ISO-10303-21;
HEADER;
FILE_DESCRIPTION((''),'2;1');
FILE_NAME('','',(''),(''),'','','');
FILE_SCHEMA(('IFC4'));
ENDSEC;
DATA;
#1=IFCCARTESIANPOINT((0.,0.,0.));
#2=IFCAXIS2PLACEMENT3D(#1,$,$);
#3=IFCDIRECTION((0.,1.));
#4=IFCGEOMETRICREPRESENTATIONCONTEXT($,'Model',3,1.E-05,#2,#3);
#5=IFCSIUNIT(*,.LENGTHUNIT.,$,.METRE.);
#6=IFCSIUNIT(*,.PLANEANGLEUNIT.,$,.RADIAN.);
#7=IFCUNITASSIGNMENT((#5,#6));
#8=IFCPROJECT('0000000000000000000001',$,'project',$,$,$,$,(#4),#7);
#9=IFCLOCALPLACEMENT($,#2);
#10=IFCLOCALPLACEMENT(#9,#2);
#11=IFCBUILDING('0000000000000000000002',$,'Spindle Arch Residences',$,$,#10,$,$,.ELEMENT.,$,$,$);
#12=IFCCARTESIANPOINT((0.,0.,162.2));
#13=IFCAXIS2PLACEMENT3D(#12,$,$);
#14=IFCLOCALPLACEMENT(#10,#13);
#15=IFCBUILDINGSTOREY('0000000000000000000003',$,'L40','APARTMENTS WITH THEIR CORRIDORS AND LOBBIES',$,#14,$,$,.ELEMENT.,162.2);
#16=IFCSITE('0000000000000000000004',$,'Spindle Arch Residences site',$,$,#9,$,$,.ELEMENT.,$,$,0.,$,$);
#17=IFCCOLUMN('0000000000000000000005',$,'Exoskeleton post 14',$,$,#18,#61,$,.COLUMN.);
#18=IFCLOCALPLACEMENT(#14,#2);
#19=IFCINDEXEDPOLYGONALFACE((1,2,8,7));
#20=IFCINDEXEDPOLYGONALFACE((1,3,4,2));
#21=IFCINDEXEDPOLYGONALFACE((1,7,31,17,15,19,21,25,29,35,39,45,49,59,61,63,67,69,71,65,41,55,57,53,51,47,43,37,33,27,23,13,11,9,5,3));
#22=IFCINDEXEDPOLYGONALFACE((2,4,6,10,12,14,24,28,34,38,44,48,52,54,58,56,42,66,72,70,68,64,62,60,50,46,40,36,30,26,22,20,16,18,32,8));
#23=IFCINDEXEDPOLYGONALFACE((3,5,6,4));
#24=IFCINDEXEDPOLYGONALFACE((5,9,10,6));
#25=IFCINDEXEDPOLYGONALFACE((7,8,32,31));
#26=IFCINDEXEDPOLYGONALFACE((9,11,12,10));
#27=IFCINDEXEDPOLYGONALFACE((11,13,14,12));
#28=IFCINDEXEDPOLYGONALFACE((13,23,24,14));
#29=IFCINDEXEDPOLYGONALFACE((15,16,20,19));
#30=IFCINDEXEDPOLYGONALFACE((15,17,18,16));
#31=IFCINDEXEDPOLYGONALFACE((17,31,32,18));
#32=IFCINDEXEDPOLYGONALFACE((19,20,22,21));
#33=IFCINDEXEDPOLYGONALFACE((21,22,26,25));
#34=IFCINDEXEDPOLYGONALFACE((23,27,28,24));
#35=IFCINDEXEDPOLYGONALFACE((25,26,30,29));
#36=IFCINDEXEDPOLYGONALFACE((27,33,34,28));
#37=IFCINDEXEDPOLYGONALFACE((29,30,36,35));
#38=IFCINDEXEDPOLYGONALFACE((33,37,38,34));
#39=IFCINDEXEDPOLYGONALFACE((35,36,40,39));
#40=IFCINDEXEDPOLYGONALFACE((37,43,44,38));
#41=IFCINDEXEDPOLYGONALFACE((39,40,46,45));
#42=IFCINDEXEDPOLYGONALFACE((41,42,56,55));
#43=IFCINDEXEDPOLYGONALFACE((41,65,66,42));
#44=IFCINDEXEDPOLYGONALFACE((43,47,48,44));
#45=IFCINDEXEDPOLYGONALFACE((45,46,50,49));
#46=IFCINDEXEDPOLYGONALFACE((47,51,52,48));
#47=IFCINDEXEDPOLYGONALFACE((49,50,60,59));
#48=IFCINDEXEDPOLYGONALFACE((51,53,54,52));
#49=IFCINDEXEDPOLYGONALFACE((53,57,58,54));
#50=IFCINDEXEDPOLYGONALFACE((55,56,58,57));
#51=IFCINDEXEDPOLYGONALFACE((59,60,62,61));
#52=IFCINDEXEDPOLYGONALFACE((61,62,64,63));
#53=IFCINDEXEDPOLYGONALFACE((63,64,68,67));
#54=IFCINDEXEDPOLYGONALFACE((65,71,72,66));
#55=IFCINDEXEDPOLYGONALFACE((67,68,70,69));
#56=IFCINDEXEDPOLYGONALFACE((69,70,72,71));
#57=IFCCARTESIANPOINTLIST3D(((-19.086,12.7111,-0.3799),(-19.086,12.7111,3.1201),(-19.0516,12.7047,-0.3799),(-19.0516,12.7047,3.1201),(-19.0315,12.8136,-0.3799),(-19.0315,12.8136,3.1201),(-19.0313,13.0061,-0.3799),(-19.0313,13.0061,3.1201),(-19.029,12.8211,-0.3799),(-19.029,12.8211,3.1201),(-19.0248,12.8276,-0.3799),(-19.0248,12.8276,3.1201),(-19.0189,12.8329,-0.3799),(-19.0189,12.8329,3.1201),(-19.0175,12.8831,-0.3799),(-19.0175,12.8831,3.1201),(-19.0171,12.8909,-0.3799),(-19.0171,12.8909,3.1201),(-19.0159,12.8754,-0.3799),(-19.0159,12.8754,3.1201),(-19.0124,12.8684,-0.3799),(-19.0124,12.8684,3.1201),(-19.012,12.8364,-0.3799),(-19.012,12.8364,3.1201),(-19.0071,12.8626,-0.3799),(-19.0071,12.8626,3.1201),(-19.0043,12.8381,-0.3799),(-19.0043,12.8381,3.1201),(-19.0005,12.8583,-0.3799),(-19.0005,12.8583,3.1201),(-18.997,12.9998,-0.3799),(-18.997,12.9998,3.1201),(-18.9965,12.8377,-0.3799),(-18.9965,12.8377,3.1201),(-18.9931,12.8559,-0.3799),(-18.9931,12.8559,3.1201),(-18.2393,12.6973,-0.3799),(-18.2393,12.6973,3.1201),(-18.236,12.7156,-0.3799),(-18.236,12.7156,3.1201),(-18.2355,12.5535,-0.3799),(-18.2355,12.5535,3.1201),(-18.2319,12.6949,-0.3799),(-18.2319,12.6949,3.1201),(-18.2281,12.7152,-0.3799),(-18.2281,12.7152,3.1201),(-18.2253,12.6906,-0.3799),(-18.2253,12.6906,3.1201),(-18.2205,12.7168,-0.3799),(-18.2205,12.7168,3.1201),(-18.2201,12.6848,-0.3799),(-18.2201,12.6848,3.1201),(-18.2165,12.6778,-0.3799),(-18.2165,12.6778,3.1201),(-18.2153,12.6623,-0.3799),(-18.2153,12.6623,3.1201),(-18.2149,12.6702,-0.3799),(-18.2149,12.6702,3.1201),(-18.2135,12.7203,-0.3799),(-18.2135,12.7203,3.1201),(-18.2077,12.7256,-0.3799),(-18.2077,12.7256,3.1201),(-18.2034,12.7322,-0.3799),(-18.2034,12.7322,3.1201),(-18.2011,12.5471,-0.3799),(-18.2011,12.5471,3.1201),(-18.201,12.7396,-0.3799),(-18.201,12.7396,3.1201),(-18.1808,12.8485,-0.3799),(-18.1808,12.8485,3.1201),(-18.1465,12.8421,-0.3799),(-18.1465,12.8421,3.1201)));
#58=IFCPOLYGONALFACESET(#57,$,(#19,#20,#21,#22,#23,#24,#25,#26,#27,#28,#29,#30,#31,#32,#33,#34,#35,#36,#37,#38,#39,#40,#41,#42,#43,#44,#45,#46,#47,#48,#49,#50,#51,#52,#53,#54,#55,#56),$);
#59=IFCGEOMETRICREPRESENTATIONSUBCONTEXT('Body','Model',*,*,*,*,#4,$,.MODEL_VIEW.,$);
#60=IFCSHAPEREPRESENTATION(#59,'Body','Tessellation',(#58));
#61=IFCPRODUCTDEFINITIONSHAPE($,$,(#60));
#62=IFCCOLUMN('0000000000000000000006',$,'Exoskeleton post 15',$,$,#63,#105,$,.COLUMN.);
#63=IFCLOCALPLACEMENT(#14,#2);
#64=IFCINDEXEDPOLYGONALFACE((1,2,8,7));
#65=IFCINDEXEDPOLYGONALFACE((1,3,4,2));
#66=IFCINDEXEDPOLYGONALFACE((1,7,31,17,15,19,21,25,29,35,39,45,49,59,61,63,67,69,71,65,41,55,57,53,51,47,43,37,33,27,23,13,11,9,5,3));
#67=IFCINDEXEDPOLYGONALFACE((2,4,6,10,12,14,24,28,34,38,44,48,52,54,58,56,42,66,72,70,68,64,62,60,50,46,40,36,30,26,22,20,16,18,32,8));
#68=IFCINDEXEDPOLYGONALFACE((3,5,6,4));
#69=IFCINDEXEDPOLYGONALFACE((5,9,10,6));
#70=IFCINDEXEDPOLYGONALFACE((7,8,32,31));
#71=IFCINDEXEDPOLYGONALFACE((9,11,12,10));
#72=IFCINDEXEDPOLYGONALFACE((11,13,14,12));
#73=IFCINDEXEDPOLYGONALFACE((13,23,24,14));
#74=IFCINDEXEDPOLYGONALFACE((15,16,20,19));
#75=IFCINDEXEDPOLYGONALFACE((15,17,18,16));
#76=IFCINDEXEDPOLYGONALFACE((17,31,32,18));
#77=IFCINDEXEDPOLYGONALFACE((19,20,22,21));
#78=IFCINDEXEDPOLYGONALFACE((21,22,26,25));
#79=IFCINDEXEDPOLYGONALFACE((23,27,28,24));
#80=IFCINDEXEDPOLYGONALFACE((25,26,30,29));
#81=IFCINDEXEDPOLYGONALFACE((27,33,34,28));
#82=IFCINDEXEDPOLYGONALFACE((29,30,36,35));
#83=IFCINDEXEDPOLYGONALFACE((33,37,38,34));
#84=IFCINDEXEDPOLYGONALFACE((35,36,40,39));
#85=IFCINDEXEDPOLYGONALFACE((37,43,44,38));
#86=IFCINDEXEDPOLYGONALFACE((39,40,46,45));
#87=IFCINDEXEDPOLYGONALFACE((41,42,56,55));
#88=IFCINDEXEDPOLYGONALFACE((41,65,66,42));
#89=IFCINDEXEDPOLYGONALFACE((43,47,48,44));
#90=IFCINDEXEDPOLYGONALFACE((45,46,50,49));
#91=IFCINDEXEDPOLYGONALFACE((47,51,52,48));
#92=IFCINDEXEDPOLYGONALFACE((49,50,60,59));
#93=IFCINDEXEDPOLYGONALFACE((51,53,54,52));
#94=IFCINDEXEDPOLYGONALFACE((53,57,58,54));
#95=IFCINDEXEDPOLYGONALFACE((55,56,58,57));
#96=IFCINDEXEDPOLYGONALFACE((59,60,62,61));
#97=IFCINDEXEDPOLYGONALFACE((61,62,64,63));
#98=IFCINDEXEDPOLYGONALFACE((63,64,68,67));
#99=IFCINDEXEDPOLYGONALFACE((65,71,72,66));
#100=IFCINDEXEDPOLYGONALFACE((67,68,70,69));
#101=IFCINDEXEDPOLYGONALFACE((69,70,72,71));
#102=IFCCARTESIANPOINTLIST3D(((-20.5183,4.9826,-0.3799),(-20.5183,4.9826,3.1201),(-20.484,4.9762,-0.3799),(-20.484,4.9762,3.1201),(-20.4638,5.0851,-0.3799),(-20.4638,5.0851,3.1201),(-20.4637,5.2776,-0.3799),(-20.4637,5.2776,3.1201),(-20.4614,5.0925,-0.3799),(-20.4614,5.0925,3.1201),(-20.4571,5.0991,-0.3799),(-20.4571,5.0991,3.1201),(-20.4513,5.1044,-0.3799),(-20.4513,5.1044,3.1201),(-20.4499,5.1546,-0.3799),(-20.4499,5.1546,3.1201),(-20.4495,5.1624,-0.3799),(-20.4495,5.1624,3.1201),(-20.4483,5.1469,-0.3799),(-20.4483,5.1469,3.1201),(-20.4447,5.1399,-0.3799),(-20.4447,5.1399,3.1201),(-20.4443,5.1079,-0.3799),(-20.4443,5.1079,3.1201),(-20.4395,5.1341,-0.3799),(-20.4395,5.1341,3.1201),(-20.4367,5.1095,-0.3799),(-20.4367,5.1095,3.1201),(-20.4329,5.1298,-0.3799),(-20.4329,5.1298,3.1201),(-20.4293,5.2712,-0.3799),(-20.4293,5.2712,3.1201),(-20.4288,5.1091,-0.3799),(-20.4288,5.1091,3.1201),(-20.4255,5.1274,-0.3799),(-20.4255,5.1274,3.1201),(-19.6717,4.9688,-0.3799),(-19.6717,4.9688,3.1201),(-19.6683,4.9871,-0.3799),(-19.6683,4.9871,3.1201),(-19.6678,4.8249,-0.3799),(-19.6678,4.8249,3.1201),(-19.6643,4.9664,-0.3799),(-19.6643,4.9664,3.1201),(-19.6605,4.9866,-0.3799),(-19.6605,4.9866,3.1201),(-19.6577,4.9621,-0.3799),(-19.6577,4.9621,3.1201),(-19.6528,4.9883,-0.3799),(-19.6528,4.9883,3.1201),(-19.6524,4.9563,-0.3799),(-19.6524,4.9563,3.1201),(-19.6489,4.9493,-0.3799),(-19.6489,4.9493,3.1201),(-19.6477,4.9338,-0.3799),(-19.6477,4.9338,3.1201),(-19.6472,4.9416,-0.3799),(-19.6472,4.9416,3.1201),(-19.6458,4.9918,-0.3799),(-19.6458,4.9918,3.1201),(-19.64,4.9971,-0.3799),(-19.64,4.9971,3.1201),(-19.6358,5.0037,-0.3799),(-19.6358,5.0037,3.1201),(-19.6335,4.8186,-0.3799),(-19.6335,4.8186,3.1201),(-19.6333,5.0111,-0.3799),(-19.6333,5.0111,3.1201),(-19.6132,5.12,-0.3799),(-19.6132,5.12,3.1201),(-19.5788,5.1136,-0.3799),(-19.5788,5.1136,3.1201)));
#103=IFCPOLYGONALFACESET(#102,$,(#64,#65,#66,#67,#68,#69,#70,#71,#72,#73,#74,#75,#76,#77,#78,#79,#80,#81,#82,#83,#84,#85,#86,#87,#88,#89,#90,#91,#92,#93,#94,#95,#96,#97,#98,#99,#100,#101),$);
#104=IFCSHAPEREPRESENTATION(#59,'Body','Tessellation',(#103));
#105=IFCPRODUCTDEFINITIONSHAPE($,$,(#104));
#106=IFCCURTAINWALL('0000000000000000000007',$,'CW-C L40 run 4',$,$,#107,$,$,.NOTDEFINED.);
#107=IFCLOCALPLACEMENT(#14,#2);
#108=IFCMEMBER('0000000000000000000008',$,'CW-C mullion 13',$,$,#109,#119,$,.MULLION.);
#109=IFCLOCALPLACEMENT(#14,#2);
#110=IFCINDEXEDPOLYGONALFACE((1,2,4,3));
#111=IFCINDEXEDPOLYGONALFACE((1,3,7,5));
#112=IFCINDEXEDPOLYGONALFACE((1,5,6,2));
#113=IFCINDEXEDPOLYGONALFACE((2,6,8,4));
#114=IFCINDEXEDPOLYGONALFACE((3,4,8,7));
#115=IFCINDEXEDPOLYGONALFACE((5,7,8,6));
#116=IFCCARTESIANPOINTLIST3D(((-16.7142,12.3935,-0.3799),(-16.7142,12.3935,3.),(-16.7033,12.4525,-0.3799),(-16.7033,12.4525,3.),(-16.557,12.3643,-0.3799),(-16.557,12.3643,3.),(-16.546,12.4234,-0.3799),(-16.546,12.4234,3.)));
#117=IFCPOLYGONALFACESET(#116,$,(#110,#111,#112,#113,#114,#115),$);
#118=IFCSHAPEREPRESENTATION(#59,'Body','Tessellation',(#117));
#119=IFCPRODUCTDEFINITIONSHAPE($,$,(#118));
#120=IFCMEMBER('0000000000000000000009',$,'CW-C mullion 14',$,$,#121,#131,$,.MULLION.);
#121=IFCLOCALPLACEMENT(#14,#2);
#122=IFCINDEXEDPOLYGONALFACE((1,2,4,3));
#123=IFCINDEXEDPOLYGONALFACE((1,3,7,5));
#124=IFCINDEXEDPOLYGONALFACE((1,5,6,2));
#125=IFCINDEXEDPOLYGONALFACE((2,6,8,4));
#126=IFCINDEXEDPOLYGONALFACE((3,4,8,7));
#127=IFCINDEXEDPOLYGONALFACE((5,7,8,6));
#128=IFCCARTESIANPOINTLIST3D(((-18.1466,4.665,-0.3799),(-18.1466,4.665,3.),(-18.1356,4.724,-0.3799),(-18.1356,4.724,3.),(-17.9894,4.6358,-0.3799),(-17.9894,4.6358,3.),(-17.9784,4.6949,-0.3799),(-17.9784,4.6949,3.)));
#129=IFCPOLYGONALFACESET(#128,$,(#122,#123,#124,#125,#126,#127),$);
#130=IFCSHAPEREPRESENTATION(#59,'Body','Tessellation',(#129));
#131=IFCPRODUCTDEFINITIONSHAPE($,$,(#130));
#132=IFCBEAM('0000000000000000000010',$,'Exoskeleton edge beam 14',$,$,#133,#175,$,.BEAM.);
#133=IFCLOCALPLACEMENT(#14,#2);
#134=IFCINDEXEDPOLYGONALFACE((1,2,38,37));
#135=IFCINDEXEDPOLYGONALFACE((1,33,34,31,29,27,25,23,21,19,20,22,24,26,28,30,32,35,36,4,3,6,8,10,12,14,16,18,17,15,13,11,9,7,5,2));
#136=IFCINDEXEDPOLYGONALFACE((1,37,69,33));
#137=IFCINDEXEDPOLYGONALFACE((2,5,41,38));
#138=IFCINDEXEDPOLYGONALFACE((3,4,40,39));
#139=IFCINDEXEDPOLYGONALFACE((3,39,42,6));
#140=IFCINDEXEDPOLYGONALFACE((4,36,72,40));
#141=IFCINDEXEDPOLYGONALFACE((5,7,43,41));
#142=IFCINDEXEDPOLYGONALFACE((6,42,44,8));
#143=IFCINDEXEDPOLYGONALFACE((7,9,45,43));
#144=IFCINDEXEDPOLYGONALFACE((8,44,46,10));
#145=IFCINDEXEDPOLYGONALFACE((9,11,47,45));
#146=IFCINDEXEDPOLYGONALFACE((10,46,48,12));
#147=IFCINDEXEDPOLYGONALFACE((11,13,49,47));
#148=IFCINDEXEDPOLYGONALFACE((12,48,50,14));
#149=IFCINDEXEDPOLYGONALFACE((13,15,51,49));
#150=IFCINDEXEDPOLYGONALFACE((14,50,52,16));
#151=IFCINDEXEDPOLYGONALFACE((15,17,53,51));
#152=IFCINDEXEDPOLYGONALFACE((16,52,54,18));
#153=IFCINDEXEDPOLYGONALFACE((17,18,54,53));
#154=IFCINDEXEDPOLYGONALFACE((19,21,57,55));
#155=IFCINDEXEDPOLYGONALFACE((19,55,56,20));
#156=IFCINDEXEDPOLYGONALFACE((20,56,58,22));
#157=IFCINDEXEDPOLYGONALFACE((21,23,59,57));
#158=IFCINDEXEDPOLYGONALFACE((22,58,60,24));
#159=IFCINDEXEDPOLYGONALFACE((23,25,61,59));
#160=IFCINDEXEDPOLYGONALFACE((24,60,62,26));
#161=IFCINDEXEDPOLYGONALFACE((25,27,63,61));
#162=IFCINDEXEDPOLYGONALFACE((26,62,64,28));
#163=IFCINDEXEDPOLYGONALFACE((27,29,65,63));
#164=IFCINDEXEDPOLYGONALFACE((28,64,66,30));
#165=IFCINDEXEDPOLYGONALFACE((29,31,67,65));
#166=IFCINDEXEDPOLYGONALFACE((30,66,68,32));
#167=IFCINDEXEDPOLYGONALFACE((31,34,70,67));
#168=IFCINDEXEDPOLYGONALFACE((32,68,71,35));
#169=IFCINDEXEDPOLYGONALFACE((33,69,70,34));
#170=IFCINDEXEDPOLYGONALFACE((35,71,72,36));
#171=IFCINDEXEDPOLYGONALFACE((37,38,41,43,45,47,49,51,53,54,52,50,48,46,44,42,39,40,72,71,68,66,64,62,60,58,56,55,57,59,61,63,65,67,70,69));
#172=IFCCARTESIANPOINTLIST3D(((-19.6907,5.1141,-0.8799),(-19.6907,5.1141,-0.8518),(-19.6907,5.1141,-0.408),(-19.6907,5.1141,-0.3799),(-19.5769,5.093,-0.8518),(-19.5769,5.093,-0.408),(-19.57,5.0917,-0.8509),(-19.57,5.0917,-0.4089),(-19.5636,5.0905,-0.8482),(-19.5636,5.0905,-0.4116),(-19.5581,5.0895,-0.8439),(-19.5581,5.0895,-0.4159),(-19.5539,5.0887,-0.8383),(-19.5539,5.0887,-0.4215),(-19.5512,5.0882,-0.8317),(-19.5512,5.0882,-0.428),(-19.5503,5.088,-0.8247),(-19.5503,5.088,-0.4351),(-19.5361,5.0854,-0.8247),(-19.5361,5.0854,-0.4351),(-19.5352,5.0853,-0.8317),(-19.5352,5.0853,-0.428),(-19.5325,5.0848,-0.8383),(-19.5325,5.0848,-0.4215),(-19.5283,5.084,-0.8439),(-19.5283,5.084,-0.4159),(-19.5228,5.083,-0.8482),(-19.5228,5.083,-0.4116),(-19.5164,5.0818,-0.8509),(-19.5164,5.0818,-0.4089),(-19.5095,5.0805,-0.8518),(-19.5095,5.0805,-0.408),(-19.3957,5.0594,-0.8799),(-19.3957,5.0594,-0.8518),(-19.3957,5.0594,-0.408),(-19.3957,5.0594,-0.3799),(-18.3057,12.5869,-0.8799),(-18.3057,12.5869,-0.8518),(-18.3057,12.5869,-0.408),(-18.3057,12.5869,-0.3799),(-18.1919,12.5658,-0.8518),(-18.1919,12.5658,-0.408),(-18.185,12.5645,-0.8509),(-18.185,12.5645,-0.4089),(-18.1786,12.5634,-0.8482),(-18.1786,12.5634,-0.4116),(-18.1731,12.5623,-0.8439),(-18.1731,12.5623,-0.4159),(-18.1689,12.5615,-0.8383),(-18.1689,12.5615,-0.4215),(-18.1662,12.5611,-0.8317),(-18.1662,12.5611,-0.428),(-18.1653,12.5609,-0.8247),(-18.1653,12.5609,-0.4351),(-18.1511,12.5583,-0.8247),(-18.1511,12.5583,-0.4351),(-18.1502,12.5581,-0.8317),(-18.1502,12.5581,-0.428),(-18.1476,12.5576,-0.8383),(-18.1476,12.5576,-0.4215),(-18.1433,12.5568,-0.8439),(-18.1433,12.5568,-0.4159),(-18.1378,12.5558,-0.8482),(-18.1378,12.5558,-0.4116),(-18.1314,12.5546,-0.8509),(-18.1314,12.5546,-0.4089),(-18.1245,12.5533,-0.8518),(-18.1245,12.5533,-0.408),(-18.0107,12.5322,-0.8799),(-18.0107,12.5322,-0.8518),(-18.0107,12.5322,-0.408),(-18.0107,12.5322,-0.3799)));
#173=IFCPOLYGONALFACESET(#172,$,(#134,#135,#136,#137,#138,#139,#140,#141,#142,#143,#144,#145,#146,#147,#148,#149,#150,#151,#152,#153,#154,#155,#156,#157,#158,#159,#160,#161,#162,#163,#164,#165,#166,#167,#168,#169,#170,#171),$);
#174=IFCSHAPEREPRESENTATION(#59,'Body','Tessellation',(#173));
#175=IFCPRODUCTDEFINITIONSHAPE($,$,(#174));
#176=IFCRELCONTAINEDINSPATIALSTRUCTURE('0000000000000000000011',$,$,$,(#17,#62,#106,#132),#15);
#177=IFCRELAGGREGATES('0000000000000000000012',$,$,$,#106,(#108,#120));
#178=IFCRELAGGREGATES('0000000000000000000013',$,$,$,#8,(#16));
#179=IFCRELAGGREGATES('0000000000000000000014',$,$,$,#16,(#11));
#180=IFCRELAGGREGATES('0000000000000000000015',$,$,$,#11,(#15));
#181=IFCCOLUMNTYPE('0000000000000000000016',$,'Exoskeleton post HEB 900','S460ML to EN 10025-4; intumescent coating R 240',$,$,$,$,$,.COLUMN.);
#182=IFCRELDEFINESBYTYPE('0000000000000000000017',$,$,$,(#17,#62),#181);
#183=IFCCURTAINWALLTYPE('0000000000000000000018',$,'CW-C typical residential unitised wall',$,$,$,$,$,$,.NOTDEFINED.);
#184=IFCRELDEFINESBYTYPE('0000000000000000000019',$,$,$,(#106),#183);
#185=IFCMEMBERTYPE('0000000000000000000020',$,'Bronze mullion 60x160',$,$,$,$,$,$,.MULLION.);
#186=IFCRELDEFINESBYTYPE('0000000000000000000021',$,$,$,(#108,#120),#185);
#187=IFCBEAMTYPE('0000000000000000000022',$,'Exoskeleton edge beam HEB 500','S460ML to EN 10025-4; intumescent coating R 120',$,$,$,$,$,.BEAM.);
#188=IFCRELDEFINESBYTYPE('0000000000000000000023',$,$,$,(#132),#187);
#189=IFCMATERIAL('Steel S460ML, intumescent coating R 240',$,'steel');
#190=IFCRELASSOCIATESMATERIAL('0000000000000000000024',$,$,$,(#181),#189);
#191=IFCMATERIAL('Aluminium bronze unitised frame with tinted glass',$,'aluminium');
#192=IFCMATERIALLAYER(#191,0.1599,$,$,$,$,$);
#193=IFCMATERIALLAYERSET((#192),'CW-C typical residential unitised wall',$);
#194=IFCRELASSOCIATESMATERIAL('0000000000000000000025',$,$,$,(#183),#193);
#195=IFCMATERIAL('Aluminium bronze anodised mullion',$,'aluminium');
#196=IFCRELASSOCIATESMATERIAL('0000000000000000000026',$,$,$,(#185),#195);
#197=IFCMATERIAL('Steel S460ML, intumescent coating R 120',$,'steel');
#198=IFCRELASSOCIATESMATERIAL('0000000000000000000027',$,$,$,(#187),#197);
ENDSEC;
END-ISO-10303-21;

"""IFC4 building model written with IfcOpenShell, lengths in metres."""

from ifc_helpers import new_model, si_unit, direction, frame, origin, origin_2d, place, context, subcontext, project, spatial, rectangle, i_section, extrude, material, layer, layer_set, material_profile, profile_set, type_object, element, aggregate, save


model = new_model("IFC4")

# Units and contexts
model_context = context("Model", 3, precision=1e-05, world=origin(), true_north=direction((0.0, 1.0)))
body_context = subcontext(model_context, "Body", "Model", "MODEL_VIEW")
ifc_project = project(units=[si_unit("LENGTHUNIT", "METRE"), si_unit("PLANEANGLEUNIT", "RADIAN")], contexts=[model_context])

# Site, building, storey
site_placement = place(None, origin())
site = spatial("IfcSite", under=ifc_project, at=site_placement, Name="Spindle Arch Residences site", CompositionType="ELEMENT", RefElevation=0.0)
building_placement = place(site_placement, origin())
building = spatial("IfcBuilding", under=site, at=building_placement, Name="Spindle Arch Residences", CompositionType="ELEMENT")
storey_placement = place(building_placement, frame((0.0, 0.0, 162.2)))
storey = spatial("IfcBuildingStorey", under=building, at=storey_placement, Name="L40", Description="APARTMENTS WITH THEIR CORRIDORS AND LOBBIES", CompositionType="ELEMENT", Elevation=162.2)

# Columns
ifc_material_1 = material(Name="Steel S460ML, intumescent coating R 240", Category="steel")
ifc_material_profile_1 = material_profile(ifc_material_1, i_section(OverallWidth=0.3, OverallDepth=0.8999, WebThickness=0.0186, FlangeThickness=0.0349, FilletRadius=0.03, at=origin_2d()), Name="HEB 900")
ifc_profile_set_1 = profile_set([ifc_material_profile_1], Name="Steel S460ML, intumescent coating R 240")
column_type = type_object("IfcColumnType", Name="Exoskeleton post HEB 900", Description="S460ML to EN 10025-4; intumescent coating R 240", PredefinedType="COLUMN", material=ifc_profile_set_1)
for number, where, z_axis, x_axis, name in (
    (1, (-18.6162, 12.7766, -0.3799), (0.0, 0.0, 1.0), (0.182236, 0.983255, 0.0), "Exoskeleton post 14"),
    (2, (-20.0486, 5.0481, -0.3799), (0.0, 0.0, 1.0), (0.182236, 0.983255, 0.0), "Exoskeleton post 15"),
):
    element("IfcColumn", number, at=place(storey_placement, frame(where, z_axis=z_axis, x_axis=x_axis)), inside=storey, type_object=column_type, Name=name, PredefinedType="COLUMN", context=body_context, shape_type="SweptSolid", body=[
        extrude(i_section(OverallWidth=0.3, OverallDepth=0.8999, WebThickness=0.0186, FlangeThickness=0.0349, FilletRadius=0.03, at=origin_2d()), origin(), (0.0, 0.0, 1.0), 3.5),
    ])

# Curtain wall, members
ifc_material_2 = material(Name="Aluminium bronze unitised frame with tinted glass", Category="aluminium")
ifc_layer_1 = layer(ifc_material_2, 0.1599)
ifc_layer_set_1 = layer_set([ifc_layer_1], Name="CW-C typical residential unitised wall")
curtain_wall_type = type_object("IfcCurtainWallType", Name="CW-C typical residential unitised wall", PredefinedType="NOTDEFINED", material=ifc_layer_set_1)
curtain_wall_placement = place(storey_placement, origin())
curtain_wall = element("IfcCurtainWall", 3, at=curtain_wall_placement, inside=storey, type_object=curtain_wall_type, Name="CW-C L40 run 4", PredefinedType="NOTDEFINED")
ifc_material_3 = material(Name="Aluminium bronze anodised mullion", Category="aluminium")
ifc_material_profile_2 = material_profile(ifc_material_3, rectangle(XDim=0.1599, YDim=0.0601, at=origin_2d()), Name="MU 60x160")
ifc_profile_set_2 = profile_set([ifc_material_profile_2], Name="Aluminium bronze anodised mullion")
member_type = type_object("IfcMemberType", Name="Bronze mullion 60x160", PredefinedType="MULLION", material=ifc_profile_set_2)
member_1_placement = place(storey_placement, frame((-16.6301, 12.4084, -0.3799), z_axis=(0.0, 0.0, 1.0), x_axis=(0.983255, -0.182236, 0.0)))
member_1 = element("IfcMember", 4, at=member_1_placement, type_object=member_type, Name="CW-C mullion 13", PredefinedType="MULLION", context=body_context, shape_type="SweptSolid", body=[
    extrude(rectangle(XDim=0.1599, YDim=0.0601, at=origin_2d()), origin(), (0.0, 0.0, 1.0), 3.3799),
])
member_2_placement = place(storey_placement, frame((-18.0625, 4.6799, -0.3799), z_axis=(0.0, 0.0, 1.0), x_axis=(0.983255, -0.182236, 0.0)))
member_2 = element("IfcMember", 5, at=member_2_placement, type_object=member_type, Name="CW-C mullion 14", PredefinedType="MULLION", context=body_context, shape_type="SweptSolid", body=[
    extrude(rectangle(XDim=0.1599, YDim=0.0601, at=origin_2d()), origin(), (0.0, 0.0, 1.0), 3.3799),
])

# Beam
ifc_material_4 = material(Name="Steel S460ML, intumescent coating R 120", Category="steel")
ifc_material_profile_3 = material_profile(ifc_material_4, i_section(OverallWidth=0.3, OverallDepth=0.5, WebThickness=0.0144, FlangeThickness=0.0281, FilletRadius=0.0271, at=origin_2d()), Name="HEB 500")
ifc_profile_set_3 = profile_set([ifc_material_profile_3], Name="Steel S460ML, intumescent coating R 120")
beam_type_1 = type_object("IfcBeamType", Name="Exoskeleton edge beam HEB 500", Description="S460ML to EN 10025-4; intumescent coating R 120", PredefinedType="BEAM", material=ifc_profile_set_3)
for number, where, z_axis, x_axis, name in (
    (6, (-18.1582, 12.5596, -0.6299), (-0.182234, -0.983255, 0.0), (0.983255, -0.182234, 0.0), "Exoskeleton edge beam 14"),
):
    element("IfcBeam", number, at=place(storey_placement, frame(where, z_axis=z_axis, x_axis=x_axis)), inside=storey, type_object=beam_type_1, Name=name, PredefinedType="BEAM", context=body_context, shape_type="SweptSolid", body=[
        extrude(i_section(OverallWidth=0.3, OverallDepth=0.5, WebThickness=0.0144, FlangeThickness=0.0281, FilletRadius=0.0271, at=origin_2d()), origin(), (0.0, 0.0, 1.0), 7.6001),
    ])

aggregate(curtain_wall, [member_1, member_2])

save(model, "model.ifc")
